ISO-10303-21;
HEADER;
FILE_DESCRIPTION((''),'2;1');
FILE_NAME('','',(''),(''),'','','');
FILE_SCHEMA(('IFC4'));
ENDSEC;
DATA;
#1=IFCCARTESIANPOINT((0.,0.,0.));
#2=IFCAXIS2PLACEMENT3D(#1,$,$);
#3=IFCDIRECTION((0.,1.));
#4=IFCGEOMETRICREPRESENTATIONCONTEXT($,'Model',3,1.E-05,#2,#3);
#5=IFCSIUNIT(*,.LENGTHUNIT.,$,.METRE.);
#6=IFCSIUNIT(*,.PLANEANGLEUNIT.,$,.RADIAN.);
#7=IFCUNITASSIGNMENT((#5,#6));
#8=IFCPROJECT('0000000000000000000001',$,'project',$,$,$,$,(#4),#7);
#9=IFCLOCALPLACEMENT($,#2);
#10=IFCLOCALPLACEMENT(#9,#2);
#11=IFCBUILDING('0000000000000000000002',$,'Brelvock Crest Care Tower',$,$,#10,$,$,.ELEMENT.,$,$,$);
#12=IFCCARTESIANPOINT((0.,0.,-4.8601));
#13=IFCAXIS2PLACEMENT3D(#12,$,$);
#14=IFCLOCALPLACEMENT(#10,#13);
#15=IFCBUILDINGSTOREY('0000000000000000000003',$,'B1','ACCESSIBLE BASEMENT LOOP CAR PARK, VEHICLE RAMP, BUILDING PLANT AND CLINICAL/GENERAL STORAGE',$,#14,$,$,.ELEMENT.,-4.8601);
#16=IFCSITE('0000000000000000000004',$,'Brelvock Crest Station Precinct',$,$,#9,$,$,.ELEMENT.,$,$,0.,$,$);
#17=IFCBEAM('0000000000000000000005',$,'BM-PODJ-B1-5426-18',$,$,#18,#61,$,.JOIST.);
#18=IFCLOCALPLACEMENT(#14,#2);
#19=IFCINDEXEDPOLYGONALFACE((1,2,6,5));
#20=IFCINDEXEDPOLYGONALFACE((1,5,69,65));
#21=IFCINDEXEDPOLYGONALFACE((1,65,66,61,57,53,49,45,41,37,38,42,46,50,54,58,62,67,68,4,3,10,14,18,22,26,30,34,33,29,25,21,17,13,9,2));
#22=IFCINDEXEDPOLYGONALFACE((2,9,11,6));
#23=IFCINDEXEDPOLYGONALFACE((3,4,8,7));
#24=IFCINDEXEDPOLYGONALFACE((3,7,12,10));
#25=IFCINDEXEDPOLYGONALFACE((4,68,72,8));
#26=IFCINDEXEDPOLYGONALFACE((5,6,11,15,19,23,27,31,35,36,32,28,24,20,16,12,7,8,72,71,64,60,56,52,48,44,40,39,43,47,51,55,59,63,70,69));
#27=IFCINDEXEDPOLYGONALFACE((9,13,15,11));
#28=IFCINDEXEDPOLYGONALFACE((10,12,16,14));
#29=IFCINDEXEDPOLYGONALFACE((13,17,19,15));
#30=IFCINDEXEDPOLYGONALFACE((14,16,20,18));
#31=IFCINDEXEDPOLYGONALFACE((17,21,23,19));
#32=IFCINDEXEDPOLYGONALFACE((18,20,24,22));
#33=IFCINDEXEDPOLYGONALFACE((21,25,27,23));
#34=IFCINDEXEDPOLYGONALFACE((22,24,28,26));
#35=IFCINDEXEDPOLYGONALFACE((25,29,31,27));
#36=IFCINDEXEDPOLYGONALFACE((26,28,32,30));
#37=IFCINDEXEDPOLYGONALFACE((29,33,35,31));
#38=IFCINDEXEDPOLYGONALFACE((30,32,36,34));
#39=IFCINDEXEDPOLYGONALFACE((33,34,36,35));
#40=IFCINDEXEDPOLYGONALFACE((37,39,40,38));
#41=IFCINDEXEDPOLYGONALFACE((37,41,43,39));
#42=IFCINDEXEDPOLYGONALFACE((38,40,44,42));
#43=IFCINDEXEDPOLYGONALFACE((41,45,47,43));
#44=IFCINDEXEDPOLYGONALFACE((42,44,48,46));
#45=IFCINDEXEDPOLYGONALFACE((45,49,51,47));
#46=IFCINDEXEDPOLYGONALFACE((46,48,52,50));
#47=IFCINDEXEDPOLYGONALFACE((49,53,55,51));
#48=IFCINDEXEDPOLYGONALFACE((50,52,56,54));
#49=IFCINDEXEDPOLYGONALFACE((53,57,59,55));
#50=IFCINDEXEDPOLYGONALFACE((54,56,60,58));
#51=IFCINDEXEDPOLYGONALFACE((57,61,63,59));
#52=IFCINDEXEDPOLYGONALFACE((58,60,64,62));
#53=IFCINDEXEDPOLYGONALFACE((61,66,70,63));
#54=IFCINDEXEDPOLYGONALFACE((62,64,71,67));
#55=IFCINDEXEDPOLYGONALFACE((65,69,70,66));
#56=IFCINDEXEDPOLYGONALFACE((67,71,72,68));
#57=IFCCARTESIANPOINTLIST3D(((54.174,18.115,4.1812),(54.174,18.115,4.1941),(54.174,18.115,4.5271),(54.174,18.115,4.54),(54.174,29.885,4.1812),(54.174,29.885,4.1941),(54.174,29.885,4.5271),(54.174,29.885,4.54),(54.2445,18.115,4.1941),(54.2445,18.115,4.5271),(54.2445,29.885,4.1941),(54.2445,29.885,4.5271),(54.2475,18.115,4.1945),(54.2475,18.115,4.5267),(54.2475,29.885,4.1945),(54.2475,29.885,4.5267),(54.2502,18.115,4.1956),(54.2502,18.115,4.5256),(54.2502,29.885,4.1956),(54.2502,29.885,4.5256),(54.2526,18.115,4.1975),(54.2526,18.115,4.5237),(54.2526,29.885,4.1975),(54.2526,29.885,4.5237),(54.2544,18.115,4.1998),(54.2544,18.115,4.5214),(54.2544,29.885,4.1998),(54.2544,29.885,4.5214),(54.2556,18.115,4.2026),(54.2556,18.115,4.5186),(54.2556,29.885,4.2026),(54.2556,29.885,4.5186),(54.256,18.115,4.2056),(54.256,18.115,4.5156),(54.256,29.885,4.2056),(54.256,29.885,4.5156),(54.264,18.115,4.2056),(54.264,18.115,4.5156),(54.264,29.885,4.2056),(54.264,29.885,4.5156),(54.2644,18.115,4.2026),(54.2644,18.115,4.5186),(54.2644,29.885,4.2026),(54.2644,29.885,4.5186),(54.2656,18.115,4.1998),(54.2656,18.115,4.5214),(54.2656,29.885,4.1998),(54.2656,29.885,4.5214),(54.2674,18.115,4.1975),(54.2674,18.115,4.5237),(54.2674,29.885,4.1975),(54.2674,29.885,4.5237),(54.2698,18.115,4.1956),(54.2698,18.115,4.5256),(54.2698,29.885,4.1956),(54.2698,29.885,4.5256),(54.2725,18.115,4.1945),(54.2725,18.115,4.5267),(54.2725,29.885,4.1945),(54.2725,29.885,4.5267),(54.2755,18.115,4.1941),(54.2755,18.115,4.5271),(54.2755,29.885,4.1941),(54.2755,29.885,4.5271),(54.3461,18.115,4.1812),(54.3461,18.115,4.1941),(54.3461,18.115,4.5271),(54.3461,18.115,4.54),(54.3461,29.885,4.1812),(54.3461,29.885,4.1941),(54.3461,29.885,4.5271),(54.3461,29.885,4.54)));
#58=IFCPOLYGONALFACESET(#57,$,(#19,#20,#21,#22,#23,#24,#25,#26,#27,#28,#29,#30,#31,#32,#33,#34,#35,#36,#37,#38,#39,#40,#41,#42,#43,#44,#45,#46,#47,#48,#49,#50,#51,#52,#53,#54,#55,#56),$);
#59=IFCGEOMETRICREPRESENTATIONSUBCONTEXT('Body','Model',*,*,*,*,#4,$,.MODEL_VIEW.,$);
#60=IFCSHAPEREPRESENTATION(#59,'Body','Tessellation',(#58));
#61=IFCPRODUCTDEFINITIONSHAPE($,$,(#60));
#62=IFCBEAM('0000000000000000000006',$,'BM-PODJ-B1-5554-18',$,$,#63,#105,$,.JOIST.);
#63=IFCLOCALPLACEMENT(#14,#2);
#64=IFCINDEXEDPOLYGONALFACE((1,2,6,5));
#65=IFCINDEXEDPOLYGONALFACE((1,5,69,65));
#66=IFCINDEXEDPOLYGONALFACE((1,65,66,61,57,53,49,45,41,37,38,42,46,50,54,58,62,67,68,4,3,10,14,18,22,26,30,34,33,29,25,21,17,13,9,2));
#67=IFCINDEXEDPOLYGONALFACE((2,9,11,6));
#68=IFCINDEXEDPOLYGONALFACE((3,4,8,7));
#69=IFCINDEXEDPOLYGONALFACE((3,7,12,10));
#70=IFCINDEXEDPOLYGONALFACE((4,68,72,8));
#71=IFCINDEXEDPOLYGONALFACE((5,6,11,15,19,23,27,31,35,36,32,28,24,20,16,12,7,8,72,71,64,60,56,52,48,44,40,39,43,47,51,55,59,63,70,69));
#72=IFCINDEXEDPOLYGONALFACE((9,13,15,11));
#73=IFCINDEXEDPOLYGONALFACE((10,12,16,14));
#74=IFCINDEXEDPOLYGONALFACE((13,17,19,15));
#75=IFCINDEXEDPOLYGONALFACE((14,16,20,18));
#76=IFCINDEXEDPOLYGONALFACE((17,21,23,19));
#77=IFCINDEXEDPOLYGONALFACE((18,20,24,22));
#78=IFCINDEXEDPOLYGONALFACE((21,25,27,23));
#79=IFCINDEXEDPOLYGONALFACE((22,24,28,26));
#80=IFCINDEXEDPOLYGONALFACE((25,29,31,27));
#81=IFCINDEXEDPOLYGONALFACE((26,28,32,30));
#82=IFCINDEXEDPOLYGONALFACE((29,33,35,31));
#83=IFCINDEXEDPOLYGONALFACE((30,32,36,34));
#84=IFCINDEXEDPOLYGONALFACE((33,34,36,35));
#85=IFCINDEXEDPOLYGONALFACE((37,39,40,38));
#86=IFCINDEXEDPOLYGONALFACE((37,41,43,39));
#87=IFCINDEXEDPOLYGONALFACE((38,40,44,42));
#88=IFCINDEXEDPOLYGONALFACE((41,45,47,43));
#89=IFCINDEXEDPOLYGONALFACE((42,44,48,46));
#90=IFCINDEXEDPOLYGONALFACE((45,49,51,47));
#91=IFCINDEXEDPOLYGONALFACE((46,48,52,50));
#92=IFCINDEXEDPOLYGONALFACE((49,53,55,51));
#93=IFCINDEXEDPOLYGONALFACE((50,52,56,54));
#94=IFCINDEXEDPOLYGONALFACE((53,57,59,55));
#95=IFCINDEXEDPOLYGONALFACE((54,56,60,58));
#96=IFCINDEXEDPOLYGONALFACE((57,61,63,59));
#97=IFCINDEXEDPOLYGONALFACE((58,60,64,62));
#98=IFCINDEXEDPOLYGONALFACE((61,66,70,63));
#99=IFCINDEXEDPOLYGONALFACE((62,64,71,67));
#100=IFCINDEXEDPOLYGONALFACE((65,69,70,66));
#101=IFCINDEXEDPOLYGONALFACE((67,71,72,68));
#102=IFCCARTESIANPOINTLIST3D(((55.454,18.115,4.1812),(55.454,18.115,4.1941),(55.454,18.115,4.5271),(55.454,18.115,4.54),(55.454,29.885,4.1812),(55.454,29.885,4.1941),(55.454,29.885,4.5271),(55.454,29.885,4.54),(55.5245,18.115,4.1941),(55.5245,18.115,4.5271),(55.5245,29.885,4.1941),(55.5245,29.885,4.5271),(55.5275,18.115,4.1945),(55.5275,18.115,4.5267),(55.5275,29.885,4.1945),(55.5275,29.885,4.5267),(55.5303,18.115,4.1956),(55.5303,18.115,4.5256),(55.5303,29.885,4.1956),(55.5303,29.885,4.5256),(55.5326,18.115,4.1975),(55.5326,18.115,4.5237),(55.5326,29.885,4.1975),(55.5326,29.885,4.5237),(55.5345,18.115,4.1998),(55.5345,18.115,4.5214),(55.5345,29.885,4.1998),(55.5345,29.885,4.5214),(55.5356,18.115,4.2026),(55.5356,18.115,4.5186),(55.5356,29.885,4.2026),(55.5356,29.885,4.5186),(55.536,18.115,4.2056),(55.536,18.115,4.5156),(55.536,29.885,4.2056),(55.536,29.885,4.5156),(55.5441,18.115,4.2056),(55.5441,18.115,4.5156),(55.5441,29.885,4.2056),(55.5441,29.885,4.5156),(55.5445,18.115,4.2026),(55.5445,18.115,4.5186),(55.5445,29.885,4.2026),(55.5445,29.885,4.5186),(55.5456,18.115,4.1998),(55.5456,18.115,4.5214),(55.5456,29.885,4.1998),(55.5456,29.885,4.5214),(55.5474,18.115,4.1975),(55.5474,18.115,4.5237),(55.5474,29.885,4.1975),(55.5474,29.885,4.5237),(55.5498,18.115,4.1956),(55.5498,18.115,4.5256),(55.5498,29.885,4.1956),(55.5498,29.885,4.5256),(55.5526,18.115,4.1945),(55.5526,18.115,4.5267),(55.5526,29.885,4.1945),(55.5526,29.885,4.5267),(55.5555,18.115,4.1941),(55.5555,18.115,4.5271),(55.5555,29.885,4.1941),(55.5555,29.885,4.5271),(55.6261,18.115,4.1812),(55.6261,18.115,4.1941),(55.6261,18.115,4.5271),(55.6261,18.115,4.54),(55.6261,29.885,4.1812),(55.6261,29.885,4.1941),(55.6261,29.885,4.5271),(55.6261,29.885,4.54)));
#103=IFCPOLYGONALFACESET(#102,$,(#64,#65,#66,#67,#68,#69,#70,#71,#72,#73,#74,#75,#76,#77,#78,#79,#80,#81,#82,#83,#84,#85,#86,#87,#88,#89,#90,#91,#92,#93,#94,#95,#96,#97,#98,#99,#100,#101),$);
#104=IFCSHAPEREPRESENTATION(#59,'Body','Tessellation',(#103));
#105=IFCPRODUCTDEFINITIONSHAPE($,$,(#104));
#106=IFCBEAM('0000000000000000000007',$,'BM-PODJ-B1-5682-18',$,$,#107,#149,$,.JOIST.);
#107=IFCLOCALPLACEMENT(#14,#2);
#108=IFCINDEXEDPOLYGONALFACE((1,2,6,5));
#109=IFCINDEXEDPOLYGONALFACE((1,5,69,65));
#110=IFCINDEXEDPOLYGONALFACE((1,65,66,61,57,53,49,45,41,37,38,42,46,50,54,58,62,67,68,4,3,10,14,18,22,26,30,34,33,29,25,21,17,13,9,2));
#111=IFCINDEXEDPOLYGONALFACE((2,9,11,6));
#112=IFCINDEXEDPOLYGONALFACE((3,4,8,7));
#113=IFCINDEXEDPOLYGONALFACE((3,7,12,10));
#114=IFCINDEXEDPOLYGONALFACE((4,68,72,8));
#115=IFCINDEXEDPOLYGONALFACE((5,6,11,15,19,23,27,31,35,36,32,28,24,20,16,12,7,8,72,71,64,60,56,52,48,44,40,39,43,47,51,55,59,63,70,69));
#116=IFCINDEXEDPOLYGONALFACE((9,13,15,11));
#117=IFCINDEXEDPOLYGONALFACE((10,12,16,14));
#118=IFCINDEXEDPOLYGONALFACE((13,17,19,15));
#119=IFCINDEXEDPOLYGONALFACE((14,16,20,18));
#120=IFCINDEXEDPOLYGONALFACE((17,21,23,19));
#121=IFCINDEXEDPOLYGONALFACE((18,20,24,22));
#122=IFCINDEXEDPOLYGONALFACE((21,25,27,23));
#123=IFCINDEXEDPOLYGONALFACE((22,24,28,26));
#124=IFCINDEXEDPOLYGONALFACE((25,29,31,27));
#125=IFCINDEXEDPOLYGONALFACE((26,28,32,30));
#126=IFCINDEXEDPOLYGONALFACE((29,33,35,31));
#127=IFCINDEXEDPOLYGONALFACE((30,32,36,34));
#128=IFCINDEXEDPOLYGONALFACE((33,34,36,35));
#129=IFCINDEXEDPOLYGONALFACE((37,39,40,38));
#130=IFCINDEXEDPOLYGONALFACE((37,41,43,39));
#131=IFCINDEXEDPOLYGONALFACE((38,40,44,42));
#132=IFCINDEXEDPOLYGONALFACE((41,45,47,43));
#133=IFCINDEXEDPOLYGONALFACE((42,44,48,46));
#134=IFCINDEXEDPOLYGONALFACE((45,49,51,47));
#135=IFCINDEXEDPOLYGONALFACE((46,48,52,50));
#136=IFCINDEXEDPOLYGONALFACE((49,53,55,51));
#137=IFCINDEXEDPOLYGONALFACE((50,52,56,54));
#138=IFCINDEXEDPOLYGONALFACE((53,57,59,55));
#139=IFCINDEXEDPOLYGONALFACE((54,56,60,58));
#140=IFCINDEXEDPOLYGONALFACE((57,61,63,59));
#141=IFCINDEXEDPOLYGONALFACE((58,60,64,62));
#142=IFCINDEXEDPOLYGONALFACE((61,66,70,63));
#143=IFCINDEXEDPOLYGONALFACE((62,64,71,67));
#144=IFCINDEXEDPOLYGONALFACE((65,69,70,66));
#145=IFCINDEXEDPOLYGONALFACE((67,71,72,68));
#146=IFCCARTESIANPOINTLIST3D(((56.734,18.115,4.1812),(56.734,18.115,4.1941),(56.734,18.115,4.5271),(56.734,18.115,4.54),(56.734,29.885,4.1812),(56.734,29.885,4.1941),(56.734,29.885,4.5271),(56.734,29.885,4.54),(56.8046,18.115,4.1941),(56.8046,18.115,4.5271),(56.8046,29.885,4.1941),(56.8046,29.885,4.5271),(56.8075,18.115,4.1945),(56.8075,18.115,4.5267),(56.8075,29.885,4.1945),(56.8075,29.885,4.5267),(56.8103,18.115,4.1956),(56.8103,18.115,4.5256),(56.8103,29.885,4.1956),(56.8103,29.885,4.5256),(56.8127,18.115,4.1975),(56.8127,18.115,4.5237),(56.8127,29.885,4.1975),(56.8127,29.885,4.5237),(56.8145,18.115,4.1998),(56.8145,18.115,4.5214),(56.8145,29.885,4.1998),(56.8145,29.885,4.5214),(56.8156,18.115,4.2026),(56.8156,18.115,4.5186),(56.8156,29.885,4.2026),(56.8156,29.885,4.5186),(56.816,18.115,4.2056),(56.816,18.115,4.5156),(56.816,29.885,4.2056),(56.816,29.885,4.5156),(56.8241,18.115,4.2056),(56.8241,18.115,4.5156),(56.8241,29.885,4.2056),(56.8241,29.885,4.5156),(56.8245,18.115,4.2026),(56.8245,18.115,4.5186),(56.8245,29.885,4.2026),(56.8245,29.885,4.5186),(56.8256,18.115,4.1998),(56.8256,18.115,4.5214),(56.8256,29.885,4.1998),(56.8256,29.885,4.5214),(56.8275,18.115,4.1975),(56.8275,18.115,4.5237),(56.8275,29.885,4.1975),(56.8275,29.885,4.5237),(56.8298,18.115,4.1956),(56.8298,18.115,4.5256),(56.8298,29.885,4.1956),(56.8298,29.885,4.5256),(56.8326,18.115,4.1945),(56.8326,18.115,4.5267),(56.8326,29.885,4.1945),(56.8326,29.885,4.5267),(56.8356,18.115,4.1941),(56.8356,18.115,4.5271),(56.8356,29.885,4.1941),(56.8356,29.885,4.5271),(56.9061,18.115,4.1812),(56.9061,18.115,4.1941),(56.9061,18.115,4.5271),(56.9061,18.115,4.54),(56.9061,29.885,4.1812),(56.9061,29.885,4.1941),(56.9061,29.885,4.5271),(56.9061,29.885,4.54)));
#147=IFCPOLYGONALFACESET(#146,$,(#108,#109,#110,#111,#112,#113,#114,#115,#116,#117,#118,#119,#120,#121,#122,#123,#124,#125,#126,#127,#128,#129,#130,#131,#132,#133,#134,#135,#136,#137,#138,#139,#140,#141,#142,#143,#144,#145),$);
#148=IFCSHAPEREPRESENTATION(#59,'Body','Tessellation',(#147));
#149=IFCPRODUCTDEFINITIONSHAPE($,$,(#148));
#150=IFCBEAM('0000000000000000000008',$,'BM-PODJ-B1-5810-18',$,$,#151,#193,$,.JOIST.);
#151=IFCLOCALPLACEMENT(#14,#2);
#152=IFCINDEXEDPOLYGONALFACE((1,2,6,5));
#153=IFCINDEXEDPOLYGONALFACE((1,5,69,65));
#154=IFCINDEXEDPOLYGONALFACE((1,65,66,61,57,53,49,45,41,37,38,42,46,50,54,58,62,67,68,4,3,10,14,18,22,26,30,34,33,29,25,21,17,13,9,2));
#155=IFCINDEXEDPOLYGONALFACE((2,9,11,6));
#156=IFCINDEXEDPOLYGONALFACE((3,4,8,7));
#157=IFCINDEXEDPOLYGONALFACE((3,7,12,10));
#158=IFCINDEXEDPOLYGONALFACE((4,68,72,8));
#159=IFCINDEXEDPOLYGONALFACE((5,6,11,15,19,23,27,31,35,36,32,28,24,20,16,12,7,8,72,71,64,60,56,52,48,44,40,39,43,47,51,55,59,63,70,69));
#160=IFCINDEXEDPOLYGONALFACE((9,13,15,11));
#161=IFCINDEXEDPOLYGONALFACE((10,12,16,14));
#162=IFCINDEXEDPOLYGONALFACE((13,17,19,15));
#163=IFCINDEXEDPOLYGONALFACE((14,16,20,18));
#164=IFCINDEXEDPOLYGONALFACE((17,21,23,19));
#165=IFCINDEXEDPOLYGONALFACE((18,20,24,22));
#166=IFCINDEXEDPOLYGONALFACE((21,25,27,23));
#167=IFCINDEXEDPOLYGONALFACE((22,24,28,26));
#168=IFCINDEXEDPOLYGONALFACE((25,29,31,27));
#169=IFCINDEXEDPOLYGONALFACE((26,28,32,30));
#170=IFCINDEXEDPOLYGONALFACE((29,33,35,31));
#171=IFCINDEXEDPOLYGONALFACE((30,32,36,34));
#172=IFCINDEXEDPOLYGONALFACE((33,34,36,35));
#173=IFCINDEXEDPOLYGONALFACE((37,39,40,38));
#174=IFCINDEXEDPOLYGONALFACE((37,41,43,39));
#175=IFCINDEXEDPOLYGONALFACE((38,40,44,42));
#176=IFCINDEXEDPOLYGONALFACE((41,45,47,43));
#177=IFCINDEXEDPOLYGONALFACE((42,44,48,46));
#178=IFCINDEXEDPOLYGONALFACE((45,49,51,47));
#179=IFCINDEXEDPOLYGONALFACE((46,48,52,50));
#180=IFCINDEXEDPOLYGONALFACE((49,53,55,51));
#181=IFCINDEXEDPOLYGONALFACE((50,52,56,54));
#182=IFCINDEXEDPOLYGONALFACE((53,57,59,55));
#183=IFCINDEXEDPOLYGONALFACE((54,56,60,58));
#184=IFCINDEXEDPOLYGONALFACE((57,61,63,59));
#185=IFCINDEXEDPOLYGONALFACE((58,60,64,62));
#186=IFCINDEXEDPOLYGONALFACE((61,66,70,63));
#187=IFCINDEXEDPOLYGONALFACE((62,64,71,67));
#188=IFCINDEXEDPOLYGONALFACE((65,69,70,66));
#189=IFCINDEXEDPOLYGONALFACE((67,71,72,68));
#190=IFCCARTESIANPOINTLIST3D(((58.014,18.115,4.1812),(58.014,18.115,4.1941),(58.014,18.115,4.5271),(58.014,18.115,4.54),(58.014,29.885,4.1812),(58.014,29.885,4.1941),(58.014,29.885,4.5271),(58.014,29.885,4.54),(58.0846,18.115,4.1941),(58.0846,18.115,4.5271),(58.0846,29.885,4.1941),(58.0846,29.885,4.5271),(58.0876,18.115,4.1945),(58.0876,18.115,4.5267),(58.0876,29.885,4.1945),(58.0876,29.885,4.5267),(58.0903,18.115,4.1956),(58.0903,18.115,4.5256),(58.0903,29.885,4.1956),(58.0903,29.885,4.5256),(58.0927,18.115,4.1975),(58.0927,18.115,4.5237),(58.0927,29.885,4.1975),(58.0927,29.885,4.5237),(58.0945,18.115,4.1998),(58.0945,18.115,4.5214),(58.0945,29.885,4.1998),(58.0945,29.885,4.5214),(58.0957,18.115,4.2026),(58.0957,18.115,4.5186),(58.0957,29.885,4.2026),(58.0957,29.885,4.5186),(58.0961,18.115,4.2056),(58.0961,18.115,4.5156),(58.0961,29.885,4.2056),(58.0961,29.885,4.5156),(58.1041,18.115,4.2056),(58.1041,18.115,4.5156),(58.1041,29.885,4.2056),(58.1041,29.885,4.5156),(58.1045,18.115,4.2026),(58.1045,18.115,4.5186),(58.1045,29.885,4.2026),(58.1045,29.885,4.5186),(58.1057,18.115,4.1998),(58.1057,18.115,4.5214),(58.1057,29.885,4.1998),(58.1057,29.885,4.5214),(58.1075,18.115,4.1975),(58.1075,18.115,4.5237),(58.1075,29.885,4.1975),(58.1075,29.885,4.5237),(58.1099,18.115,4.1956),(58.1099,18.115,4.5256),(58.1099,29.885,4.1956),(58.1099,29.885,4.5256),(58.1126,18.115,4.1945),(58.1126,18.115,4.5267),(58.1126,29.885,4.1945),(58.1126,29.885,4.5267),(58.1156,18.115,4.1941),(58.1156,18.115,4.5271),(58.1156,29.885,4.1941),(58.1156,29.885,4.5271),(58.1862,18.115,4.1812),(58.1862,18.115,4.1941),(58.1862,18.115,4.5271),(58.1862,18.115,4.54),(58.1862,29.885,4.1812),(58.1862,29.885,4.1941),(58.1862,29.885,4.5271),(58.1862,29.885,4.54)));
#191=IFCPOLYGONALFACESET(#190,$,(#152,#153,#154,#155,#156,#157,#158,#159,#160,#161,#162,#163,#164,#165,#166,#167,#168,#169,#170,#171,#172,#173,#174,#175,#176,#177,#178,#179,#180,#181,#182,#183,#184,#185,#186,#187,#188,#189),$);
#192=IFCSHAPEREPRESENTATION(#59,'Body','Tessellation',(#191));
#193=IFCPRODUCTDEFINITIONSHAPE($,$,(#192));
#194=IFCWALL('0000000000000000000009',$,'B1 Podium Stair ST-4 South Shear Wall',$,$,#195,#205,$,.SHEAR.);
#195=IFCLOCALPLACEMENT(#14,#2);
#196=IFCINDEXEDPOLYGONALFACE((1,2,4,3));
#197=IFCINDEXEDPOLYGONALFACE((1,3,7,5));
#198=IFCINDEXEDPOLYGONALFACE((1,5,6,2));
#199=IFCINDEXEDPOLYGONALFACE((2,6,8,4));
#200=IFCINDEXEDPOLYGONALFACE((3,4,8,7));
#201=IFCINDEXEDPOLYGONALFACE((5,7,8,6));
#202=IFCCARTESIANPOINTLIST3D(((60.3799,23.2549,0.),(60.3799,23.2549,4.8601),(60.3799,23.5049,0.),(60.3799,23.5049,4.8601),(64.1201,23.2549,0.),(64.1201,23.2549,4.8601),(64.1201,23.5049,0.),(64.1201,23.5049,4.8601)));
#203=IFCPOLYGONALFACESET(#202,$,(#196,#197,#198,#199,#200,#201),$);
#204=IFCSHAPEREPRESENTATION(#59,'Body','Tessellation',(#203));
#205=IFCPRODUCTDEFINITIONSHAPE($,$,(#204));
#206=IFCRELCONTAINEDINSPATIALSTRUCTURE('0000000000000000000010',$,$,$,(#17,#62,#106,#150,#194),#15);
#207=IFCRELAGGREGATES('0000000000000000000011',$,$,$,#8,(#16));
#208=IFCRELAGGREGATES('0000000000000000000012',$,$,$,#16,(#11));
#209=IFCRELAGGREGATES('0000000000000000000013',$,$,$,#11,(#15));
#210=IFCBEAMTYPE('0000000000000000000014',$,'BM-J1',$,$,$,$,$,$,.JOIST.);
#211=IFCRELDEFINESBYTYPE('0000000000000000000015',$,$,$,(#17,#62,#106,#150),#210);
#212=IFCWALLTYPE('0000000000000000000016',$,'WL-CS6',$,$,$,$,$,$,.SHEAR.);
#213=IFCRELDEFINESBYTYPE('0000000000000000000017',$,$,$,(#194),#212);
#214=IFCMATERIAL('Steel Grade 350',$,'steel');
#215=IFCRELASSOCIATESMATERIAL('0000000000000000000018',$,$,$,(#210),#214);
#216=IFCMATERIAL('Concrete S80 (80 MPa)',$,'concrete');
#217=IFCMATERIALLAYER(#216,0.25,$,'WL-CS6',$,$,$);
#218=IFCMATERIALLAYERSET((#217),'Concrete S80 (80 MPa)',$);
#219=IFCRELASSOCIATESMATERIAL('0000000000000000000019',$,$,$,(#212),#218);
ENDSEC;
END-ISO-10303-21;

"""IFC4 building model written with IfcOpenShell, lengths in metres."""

from ifc_helpers import new_model, si_unit, direction, frame, frame_2d, origin, origin_2d, place, context, subcontext, project, spatial, rectangle, i_section, extrude, source, transform, mapped, material, layer, layer_set, material_profile, profile_set, type_object, element, save


model = new_model("IFC4")

# Units and contexts
model_context = context("Model", 3, precision=1e-05, world=origin(), true_north=direction((0.0, 1.0)))
body_context = subcontext(model_context, "Body", "Model", "MODEL_VIEW")
ifc_project = project(units=[si_unit("LENGTHUNIT", "METRE"), si_unit("PLANEANGLEUNIT", "RADIAN")], contexts=[model_context])

# Site, building, storey
site_placement = place(None, origin())
site = spatial("IfcSite", under=ifc_project, at=site_placement, Name="Brelvock Crest Station Precinct", CompositionType="ELEMENT", RefElevation=0.0)
building_placement = place(site_placement, origin())
building = spatial("IfcBuilding", under=site, at=building_placement, Name="Brelvock Crest Care Tower", CompositionType="ELEMENT")
storey_placement = place(building_placement, frame((0.0, 0.0, -4.8601)))
storey = spatial("IfcBuildingStorey", under=building, at=storey_placement, Name="B1", Description="ACCESSIBLE BASEMENT LOOP CAR PARK, VEHICLE RAMP, BUILDING PLANT AND CLINICAL/GENERAL STORAGE", CompositionType="ELEMENT", Elevation=-4.8601)

# Shared definitions
ifc_material_1 = material(Name="Steel Grade 350", Category="steel")

# Beams
ifc_material_profile_1 = material_profile(ifc_material_1, i_section(OverallWidth=0.1721, OverallDepth=0.3589, WebThickness=0.0081, FlangeThickness=0.0129, FilletRadius=0.0115, at=origin_2d()), Name="360UB56.7")
ifc_profile_set_1 = profile_set([ifc_material_profile_1], Name="Steel Grade 350")
beam_type_1 = type_object("IfcBeamType", Name="BM-J1", PredefinedType="JOIST", material=ifc_profile_set_1)
shared_shape_1 = source(origin(), body_context, "Body", "SweptSolid", [
    extrude(i_section(OverallWidth=0.1721, OverallDepth=0.3589, WebThickness=0.0081, FlangeThickness=0.0129, FilletRadius=0.0115, at=origin_2d()), origin(), (0.0, 0.0, 1.0), 11.77),
])
for number, where, z_axis, x_axis, name in (
    (1, (54.26, 18.115, 4.3606), (0.0, 1.0, 0.0), (-1.0, 0.0, 0.0), "BM-PODJ-B1-5426-18"),
    (2, (55.54, 18.115, 4.3606), (0.0, 1.0, 0.0), (-1.0, 0.0, 0.0), "BM-PODJ-B1-5554-18"),
    (3, (56.8201, 18.115, 4.3606), (0.0, 1.0, 0.0), (-1.0, 0.0, 0.0), "BM-PODJ-B1-5682-18"),
    (4, (58.1001, 18.115, 4.3606), (0.0, 1.0, 0.0), (-1.0, 0.0, 0.0), "BM-PODJ-B1-5810-18"),
):
    element("IfcBeam", number, at=place(storey_placement, frame(where, z_axis=z_axis, x_axis=x_axis)), inside=storey, type_object=beam_type_1, Name=name, PredefinedType="JOIST", context=body_context, shape_type="MappedRepresentation", body=[
        mapped(shared_shape_1, transform((0.0, 0.0, 0.0), x_axis=(1.0, 0.0, 0.0), y_axis=(0.0, 1.0, 0.0), z_axis=(0.0, 0.0, 1.0), scale=1.0)),
    ])

# Wall
ifc_material_2 = material(Name="Concrete S80 (80 MPa)", Category="concrete")
ifc_layer_1 = layer(ifc_material_2, 0.25, Name="WL-CS6")
ifc_layer_set_1 = layer_set([ifc_layer_1], Name="Concrete S80 (80 MPa)")
wall_type_1 = type_object("IfcWallType", Name="WL-CS6", PredefinedType="SHEAR", material=ifc_layer_set_1)
wall_1_placement = place(storey_placement, frame((60.3799, 23.3799, 0.0), z_axis=(0.0, 0.0, 1.0), x_axis=(1.0, 0.0, 0.0)))
element("IfcWall", 5, at=wall_1_placement, inside=storey, type_object=wall_type_1, Name="B1 Podium Stair ST-4 South Shear Wall", PredefinedType="SHEAR", context=body_context, shape_type="SweptSolid", body=[
    extrude(rectangle(XDim=3.7402, YDim=0.25, at=frame_2d((1.8701, 0.0))), origin(), (0.0, 0.0, 1.0), 4.8601),
])

save(model, "model.ifc")
